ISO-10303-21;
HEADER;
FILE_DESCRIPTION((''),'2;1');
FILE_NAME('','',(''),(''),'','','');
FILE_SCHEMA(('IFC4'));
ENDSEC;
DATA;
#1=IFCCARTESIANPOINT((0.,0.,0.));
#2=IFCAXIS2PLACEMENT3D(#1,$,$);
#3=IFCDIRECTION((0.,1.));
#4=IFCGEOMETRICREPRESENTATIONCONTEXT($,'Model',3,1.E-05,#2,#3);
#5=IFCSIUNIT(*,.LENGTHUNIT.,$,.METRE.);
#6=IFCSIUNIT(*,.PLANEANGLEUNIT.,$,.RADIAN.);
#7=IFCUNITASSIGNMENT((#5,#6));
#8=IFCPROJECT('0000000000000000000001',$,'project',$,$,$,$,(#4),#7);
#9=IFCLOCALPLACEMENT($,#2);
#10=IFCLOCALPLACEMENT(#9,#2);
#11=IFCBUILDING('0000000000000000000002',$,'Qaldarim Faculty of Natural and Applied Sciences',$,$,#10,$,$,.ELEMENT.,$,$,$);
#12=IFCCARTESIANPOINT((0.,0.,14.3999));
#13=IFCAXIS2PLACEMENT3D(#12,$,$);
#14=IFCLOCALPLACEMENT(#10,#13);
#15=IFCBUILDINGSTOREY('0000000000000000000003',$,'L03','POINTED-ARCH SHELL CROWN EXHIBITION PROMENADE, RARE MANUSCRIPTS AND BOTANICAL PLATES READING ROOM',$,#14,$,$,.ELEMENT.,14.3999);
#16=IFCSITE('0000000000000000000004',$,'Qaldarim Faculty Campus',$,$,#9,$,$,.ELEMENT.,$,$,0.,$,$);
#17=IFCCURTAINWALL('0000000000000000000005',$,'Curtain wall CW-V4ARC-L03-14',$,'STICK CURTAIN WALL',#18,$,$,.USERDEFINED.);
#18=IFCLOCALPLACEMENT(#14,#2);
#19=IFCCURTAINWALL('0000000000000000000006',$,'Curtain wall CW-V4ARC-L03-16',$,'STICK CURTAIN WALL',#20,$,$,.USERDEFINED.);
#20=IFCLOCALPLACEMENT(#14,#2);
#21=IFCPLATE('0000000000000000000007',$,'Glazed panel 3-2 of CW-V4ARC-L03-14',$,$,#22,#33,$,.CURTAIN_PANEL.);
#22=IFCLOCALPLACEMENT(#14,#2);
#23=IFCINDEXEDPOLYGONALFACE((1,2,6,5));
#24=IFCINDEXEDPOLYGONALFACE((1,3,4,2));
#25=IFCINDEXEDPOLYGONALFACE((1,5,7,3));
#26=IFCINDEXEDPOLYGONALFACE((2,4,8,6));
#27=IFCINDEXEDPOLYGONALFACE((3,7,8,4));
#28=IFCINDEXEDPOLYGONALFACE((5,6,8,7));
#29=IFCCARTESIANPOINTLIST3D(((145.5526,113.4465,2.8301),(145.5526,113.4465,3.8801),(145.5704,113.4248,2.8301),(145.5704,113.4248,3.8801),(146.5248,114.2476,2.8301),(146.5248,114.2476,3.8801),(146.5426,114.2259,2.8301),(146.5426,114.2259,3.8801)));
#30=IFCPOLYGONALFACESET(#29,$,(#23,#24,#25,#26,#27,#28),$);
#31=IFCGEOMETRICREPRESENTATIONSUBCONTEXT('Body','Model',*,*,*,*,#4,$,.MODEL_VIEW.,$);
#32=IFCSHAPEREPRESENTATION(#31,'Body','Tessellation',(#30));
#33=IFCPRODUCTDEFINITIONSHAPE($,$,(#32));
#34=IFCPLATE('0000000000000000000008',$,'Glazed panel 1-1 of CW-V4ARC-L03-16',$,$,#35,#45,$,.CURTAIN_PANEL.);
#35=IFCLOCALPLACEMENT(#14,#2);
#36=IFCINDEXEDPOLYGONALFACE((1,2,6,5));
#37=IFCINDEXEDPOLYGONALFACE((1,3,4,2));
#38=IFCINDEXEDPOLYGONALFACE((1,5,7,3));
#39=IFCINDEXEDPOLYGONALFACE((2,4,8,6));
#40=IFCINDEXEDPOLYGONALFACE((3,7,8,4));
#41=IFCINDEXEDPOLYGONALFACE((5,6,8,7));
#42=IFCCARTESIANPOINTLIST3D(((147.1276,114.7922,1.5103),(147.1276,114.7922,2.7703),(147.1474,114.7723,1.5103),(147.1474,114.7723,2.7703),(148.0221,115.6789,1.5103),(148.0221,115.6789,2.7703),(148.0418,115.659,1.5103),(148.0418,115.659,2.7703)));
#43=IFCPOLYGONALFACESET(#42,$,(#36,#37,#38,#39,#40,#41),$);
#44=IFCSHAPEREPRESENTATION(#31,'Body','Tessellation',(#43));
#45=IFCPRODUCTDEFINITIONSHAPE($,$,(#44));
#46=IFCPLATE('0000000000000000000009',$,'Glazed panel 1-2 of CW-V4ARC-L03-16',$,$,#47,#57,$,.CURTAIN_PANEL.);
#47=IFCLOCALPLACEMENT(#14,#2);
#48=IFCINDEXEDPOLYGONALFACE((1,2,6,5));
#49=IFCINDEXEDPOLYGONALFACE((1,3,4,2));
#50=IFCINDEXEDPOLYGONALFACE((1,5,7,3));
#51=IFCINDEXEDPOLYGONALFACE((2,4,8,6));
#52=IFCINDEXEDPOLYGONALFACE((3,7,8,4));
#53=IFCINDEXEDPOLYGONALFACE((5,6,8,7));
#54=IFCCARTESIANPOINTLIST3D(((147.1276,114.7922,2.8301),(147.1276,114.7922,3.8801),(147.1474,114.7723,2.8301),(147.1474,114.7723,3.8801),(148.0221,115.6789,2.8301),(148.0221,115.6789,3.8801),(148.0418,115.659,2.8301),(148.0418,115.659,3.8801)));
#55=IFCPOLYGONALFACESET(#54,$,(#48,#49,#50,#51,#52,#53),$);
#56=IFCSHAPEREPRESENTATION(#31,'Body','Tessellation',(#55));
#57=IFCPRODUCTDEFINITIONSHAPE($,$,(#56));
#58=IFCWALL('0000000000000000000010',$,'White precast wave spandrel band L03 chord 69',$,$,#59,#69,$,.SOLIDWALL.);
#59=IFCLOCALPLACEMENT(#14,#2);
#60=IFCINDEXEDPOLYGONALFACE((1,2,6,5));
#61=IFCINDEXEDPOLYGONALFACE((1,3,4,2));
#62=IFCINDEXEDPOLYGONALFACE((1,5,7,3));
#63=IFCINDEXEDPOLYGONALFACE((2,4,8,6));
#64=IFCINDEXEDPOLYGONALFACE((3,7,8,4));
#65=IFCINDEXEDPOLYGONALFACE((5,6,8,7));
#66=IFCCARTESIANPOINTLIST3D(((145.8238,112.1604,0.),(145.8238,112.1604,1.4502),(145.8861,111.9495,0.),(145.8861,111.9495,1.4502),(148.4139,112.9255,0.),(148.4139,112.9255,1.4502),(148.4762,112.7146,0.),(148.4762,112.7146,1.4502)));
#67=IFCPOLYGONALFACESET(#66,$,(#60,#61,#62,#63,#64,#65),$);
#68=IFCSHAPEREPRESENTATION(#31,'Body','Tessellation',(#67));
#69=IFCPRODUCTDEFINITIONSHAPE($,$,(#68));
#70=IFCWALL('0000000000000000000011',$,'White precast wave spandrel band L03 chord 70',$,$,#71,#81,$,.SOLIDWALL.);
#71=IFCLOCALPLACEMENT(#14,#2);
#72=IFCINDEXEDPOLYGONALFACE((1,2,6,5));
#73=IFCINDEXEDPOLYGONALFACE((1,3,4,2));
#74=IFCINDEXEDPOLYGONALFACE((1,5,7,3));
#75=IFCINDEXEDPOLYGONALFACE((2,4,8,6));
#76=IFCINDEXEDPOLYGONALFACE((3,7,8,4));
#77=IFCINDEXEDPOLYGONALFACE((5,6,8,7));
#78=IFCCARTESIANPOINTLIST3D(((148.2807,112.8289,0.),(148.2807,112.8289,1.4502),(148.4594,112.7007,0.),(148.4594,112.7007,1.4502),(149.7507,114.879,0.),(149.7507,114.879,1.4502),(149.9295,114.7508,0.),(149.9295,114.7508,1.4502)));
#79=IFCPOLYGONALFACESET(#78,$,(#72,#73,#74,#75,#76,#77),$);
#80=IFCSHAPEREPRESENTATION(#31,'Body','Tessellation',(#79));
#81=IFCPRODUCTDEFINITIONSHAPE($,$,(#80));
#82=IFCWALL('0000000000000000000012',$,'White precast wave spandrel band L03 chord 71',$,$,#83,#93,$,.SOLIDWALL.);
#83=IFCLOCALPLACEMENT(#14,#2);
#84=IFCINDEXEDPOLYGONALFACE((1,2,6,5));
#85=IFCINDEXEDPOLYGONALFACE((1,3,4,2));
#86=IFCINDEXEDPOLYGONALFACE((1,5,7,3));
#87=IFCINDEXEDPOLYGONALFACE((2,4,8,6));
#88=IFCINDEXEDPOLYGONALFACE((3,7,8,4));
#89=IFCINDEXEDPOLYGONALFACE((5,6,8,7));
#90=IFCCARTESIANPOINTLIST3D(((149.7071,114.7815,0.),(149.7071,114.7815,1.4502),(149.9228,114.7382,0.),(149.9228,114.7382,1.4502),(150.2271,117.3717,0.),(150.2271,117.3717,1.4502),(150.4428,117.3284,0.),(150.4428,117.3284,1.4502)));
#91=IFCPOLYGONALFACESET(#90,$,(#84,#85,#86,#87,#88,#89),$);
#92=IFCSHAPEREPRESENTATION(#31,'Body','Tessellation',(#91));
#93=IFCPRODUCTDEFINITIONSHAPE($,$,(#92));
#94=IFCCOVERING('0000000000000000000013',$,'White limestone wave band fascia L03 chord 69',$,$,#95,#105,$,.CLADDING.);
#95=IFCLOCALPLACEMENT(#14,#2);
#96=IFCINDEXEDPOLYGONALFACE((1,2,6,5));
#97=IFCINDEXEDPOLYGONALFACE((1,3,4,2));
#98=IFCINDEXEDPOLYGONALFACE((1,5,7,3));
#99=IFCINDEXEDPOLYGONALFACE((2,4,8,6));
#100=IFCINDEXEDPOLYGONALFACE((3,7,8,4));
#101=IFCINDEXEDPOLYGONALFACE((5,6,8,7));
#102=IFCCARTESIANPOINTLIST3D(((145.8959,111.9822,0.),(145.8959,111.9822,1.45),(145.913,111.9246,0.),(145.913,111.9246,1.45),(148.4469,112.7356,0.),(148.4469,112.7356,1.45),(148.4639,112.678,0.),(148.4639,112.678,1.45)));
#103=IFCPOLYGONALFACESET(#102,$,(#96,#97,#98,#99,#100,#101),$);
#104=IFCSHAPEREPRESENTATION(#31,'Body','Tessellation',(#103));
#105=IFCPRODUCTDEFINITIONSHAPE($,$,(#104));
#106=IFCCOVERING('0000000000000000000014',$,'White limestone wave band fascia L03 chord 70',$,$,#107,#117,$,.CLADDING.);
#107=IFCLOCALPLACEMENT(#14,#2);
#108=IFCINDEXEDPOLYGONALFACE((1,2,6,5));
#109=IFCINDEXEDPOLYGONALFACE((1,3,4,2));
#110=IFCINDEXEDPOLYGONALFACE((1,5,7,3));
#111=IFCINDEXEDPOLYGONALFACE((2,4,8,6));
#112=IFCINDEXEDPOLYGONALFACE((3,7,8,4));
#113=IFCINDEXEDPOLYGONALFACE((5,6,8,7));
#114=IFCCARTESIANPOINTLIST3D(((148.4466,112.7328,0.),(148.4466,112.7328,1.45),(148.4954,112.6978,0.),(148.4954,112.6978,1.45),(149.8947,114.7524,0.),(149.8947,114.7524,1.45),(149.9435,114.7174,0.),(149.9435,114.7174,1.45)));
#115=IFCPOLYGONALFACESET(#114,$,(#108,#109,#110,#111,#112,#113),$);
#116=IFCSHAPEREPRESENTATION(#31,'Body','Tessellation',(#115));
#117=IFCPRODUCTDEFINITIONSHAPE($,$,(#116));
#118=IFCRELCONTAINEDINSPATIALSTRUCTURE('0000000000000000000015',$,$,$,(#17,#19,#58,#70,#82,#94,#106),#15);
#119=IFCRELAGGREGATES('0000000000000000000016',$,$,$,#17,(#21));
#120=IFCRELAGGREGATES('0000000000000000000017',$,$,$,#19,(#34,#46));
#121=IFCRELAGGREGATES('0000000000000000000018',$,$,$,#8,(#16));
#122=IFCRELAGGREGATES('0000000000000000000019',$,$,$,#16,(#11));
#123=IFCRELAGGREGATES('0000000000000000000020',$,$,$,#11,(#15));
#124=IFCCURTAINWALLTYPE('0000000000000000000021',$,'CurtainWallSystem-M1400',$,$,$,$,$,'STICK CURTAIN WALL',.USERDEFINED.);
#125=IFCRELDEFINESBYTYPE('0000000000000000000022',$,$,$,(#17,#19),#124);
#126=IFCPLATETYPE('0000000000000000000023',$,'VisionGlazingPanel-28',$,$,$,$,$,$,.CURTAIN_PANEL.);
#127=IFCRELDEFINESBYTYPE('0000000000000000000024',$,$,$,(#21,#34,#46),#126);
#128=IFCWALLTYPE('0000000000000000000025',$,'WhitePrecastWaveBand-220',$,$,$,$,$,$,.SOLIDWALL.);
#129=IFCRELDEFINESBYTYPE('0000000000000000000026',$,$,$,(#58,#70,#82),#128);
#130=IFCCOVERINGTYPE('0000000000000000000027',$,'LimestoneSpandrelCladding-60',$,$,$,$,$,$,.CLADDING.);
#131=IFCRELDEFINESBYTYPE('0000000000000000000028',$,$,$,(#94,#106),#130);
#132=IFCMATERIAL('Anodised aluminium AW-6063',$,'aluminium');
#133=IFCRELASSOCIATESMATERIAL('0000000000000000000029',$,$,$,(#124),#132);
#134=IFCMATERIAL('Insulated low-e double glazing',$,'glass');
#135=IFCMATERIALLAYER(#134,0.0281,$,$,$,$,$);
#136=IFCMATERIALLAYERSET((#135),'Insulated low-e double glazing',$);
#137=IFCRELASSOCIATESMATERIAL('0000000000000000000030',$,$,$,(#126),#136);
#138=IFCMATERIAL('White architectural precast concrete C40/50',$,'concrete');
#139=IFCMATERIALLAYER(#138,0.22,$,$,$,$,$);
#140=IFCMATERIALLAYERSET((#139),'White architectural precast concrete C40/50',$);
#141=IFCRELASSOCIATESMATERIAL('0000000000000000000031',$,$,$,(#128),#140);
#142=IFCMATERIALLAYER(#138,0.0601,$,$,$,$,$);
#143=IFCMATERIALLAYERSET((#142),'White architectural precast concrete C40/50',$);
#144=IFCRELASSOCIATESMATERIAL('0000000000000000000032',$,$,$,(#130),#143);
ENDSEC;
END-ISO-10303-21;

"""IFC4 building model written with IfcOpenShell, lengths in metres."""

from ifc_helpers import new_model, si_unit, direction, frame, frame_2d, origin, origin_2d, place, context, subcontext, project, spatial, rectangle, extrude, material, layer, layer_set, type_object, element, aggregate, save


model = new_model("IFC4")

# Units and contexts
model_context = context("Model", 3, precision=1e-05, world=origin(), true_north=direction((0.0, 1.0)))
body_context = subcontext(model_context, "Body", "Model", "MODEL_VIEW")
ifc_project = project(units=[si_unit("LENGTHUNIT", "METRE"), si_unit("PLANEANGLEUNIT", "RADIAN")], contexts=[model_context])

# Site, building, storey
site_placement = place(None, origin())
site = spatial("IfcSite", under=ifc_project, at=site_placement, Name="Qaldarim Faculty Campus", CompositionType="ELEMENT", RefElevation=0.0)
building_placement = place(site_placement, origin())
building = spatial("IfcBuilding", under=site, at=building_placement, Name="Qaldarim Faculty of Natural and Applied Sciences", CompositionType="ELEMENT")
storey_placement = place(building_placement, frame((0.0, 0.0, 14.3999)))
storey = spatial("IfcBuildingStorey", under=building, at=storey_placement, Name="L03", Description="POINTED-ARCH SHELL CROWN EXHIBITION PROMENADE, RARE MANUSCRIPTS AND BOTANICAL PLATES READING ROOM", CompositionType="ELEMENT", Elevation=14.3999)

# Curtain wall
ifc_material_1 = material(Name="Anodised aluminium AW-6063", Category="aluminium")
curtain_wall_type = type_object("IfcCurtainWallType", Name="CurtainWallSystem-M1400", ElementType="STICK CURTAIN WALL", PredefinedType="USERDEFINED", material=ifc_material_1)
curtain_wall_1_placement = place(storey_placement, origin())
curtain_wall_1 = element("IfcCurtainWall", 1, at=curtain_wall_1_placement, inside=storey, type_object=curtain_wall_type, Name="Curtain wall CW-V4ARC-L03-14", ObjectType="STICK CURTAIN WALL", PredefinedType="USERDEFINED")

# Curtain wall
curtain_wall_2_placement = place(storey_placement, origin())
curtain_wall_2 = element("IfcCurtainWall", 2, at=curtain_wall_2_placement, inside=storey, type_object=curtain_wall_type, Name="Curtain wall CW-V4ARC-L03-16", ObjectType="STICK CURTAIN WALL", PredefinedType="USERDEFINED")

# Plates
ifc_material_2 = material(Name="Insulated low-e double glazing", Category="glass")
ifc_layer_1 = layer(ifc_material_2, 0.0281)
ifc_layer_set_1 = layer_set([ifc_layer_1], Name="Insulated low-e double glazing")
plate_type = type_object("IfcPlateType", Name="VisionGlazingPanel-28", PredefinedType="CURTAIN_PANEL", material=ifc_layer_set_1)
plate_1_placement = place(storey_placement, frame((146.0476, 113.8362, 2.8301), z_axis=(0.0, 0.0, 1.0), x_axis=(0.771747, 0.63593, 0.0)))
plate_1 = element("IfcPlate", 3, at=plate_1_placement, type_object=plate_type, Name="Glazed panel 3-2 of CW-V4ARC-L03-14", PredefinedType="CURTAIN_PANEL", context=body_context, shape_type="SweptSolid", body=[
    extrude(rectangle(XDim=1.2598, YDim=0.0281, at=origin_2d()), origin(), (0.0, 0.0, 1.0), 1.05),
])
aggregate(curtain_wall_1, [plate_1])
plate_2_placement = place(storey_placement, frame((147.5847, 115.2256, 1.5103), z_axis=(0.0, 0.0, 1.0), x_axis=(0.710185, 0.704015, 0.0)))
plate_2 = element("IfcPlate", 4, at=plate_2_placement, type_object=plate_type, Name="Glazed panel 1-1 of CW-V4ARC-L03-16", PredefinedType="CURTAIN_PANEL", context=body_context, shape_type="SweptSolid", body=[
    extrude(rectangle(XDim=1.2595, YDim=0.0281, at=origin_2d()), origin(), (0.0, 0.0, 1.0), 1.26),
])
plate_3_placement = place(storey_placement, frame((147.5847, 115.2256, 2.8301), z_axis=(0.0, 0.0, 1.0), x_axis=(0.710185, 0.704015, 0.0)))
plate_3 = element("IfcPlate", 5, at=plate_3_placement, type_object=plate_type, Name="Glazed panel 1-2 of CW-V4ARC-L03-16", PredefinedType="CURTAIN_PANEL", context=body_context, shape_type="SweptSolid", body=[
    extrude(rectangle(XDim=1.2595, YDim=0.0281, at=origin_2d()), origin(), (0.0, 0.0, 1.0), 1.05),
])
aggregate(curtain_wall_2, [plate_2, plate_3])

# Walls
ifc_material_3 = material(Name="White architectural precast concrete C40/50", Category="concrete")
ifc_layer_2 = layer(ifc_material_3, 0.22)
ifc_layer_set_2 = layer_set([ifc_layer_2], Name="White architectural precast concrete C40/50")
wall_type = type_object("IfcWallType", Name="WhitePrecastWaveBand-220", PredefinedType="SOLIDWALL", material=ifc_layer_set_2)
wall_1_placement = place(storey_placement, frame((145.855, 112.0549, 0.0), z_axis=(0.0, 0.0, 1.0), x_axis=(0.959029, 0.283306, 0.0)))
element("IfcWall", 6, at=wall_1_placement, inside=storey, type_object=wall_type, Name="White precast wave spandrel band L03 chord 69", PredefinedType="SOLIDWALL", context=body_context, shape_type="SweptSolid", body=[
    extrude(rectangle(XDim=2.7007, YDim=0.22, at=frame_2d((1.3503, 0.0))), origin(), (0.0, 0.0, 1.0), 1.4502),
])
wall_2_placement = place(storey_placement, frame((148.3701, 112.7649, 0.0), z_axis=(0.0, 0.0, 1.0), x_axis=(0.58272, 0.812673, 0.0)))
element("IfcWall", 7, at=wall_2_placement, inside=storey, type_object=wall_type, Name="White precast wave spandrel band L03 chord 70", PredefinedType="SOLIDWALL", context=body_context, shape_type="SweptSolid", body=[
    extrude(rectangle(XDim=2.5227, YDim=0.22, at=frame_2d((1.2612, 0.0))), origin(), (0.0, 0.0, 1.0), 1.4502),
])
wall_3_placement = place(storey_placement, frame((149.8149, 114.76, 0.0), z_axis=(0.0, 0.0, 1.0), x_axis=(0.196845, 0.980435, 0.0)))
element("IfcWall", 8, at=wall_3_placement, inside=storey, type_object=wall_type, Name="White precast wave spandrel band L03 chord 71", PredefinedType="SOLIDWALL", context=body_context, shape_type="SweptSolid", body=[
    extrude(rectangle(XDim=2.6418, YDim=0.22, at=frame_2d((1.3208, 0.0))), origin(), (0.0, 0.0, 1.0), 1.4502),
])

# Coverings
ifc_layer_3 = layer(ifc_material_3, 0.0601)
ifc_layer_set_3 = layer_set([ifc_layer_3], Name="White architectural precast concrete C40/50")
covering_type = type_object("IfcCoveringType", Name="LimestoneSpandrelCladding-60", PredefinedType="CLADDING", material=ifc_layer_set_3)
covering_1_placement = place(storey_placement, frame((147.1799, 112.3301, 0.0), z_axis=(0.0, 0.0, 1.0), x_axis=(0.959043, 0.283262, 0.0)))
element("IfcCovering", 9, at=covering_1_placement, inside=storey, type_object=covering_type, Name="White limestone wave band fascia L03 chord 69", PredefinedType="CLADDING", context=body_context, shape_type="SweptSolid", body=[
    extrude(rectangle(XDim=2.6599, YDim=0.0601, at=origin_2d()), origin(), (0.0, 0.0, 1.0), 1.45),
])
covering_2_placement = place(storey_placement, frame((149.1951, 113.7251, 0.0), z_axis=(0.0, 0.0, 1.0), x_axis=(0.582733, 0.812664, 0.0)))
element("IfcCovering", 10, at=covering_2_placement, inside=storey, type_object=covering_type, Name="White limestone wave band fascia L03 chord 70", PredefinedType="CLADDING", context=body_context, shape_type="SweptSolid", body=[
    extrude(rectangle(XDim=2.4851, YDim=0.0601, at=origin_2d()), origin(), (0.0, 0.0, 1.0), 1.45),
])

save(model, "model.ifc")
